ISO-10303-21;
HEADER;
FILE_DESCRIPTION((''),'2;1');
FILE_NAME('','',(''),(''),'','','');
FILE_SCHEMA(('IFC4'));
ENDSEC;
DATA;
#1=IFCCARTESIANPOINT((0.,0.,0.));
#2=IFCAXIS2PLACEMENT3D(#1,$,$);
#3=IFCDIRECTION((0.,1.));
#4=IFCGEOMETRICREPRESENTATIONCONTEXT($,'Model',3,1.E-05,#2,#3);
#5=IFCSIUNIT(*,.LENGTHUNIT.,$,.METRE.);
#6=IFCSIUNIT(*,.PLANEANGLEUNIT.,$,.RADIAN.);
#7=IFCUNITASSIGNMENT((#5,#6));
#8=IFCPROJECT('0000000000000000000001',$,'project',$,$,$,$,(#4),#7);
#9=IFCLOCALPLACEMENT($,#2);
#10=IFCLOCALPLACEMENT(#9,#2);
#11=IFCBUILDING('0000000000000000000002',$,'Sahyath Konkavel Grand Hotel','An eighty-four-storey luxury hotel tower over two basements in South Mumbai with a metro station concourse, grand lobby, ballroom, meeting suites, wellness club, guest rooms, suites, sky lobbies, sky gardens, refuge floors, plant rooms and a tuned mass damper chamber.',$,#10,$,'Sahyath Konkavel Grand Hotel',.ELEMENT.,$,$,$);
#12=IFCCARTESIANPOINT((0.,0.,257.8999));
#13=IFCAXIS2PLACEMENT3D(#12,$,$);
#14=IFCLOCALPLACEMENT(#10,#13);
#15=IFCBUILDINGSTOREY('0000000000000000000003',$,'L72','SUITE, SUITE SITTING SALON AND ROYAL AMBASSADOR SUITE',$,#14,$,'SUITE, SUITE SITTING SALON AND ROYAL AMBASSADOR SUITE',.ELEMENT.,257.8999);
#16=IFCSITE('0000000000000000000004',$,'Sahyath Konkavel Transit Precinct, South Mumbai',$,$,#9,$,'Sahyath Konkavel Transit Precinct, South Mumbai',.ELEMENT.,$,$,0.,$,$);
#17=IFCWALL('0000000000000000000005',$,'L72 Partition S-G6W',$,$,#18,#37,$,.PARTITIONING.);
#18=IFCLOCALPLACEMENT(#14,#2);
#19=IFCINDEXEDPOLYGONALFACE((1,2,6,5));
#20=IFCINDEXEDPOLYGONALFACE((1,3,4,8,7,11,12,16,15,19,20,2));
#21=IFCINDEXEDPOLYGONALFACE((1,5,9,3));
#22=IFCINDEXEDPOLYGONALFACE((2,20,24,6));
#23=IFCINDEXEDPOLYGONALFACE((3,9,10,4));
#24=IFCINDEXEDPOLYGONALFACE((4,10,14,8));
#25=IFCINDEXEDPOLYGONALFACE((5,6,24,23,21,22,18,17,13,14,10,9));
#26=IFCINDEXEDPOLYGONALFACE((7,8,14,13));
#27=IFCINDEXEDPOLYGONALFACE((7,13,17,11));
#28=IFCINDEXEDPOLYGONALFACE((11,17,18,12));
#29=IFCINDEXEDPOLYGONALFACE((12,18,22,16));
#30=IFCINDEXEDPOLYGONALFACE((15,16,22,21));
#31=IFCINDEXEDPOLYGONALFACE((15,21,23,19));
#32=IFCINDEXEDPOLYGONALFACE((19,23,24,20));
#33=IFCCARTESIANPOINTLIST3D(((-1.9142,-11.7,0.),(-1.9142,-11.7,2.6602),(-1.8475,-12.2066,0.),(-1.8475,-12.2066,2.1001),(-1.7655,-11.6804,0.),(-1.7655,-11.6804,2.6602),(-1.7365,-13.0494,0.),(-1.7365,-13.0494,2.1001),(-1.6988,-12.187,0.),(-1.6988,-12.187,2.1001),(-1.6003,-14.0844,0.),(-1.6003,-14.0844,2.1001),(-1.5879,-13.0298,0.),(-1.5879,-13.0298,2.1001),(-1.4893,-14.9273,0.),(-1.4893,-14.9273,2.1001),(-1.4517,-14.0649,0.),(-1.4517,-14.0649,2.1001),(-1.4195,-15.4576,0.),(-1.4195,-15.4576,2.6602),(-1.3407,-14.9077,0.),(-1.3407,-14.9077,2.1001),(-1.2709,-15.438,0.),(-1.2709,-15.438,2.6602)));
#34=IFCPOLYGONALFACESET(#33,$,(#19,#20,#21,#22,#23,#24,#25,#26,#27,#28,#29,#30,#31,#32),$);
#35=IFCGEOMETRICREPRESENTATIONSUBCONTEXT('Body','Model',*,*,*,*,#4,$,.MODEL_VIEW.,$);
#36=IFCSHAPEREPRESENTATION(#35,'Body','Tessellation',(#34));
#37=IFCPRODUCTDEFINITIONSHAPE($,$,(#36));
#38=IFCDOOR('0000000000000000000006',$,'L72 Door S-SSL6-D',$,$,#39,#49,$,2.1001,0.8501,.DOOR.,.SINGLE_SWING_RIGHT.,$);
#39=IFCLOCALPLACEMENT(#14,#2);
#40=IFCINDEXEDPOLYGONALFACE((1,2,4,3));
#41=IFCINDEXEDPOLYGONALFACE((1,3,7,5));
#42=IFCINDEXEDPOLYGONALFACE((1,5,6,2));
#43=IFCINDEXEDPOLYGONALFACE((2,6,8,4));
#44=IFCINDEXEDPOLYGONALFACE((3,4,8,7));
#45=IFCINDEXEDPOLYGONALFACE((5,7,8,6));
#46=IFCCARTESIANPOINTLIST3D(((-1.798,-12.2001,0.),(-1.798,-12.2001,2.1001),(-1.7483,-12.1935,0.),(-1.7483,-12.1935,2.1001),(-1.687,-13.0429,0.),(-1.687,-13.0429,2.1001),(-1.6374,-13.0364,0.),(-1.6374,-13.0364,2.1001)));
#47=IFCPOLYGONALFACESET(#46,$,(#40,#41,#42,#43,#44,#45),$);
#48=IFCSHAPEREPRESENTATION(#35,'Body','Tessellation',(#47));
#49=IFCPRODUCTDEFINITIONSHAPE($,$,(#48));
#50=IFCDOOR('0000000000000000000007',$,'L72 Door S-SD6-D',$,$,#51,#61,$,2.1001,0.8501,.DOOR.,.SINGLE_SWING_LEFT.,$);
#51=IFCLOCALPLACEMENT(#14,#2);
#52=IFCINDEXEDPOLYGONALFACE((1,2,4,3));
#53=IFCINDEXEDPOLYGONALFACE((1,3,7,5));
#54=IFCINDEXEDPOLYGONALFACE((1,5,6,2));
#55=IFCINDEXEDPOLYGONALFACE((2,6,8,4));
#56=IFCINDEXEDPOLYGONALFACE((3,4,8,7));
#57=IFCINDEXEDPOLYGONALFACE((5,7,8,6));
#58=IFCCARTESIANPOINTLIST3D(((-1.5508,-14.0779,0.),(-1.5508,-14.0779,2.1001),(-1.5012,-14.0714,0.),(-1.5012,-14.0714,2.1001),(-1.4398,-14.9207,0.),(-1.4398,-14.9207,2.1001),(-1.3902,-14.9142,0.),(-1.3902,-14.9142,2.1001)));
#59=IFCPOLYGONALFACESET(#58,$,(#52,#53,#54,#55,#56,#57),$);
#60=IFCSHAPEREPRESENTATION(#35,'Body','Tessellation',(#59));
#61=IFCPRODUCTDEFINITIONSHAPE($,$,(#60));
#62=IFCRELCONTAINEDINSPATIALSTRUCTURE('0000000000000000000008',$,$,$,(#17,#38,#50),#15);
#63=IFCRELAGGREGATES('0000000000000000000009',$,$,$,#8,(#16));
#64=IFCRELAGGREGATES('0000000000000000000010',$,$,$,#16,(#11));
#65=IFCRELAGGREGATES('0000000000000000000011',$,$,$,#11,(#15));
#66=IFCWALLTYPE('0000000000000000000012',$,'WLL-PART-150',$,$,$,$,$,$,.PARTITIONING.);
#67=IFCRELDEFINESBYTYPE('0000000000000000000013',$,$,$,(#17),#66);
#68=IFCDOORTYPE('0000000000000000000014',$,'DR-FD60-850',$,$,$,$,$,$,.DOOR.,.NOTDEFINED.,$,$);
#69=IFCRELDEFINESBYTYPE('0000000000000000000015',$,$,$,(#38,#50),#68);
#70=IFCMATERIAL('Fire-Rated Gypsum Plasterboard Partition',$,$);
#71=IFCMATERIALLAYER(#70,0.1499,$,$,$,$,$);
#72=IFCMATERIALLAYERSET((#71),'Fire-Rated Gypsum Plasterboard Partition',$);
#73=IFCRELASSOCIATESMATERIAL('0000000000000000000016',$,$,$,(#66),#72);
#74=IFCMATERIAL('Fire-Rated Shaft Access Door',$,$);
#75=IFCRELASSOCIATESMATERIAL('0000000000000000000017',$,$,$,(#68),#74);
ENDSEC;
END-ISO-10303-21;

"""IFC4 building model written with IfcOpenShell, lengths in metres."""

from ifc_helpers import new_model, si_unit, direction, frame, frame_2d, origin, origin_2d, place, context, subcontext, project, spatial, rectangle, extrude, source, transform, mapped, material, layer, layer_set, type_object, element, fill, save


model = new_model("IFC4")

# Units and contexts
model_context = context("Model", 3, precision=1e-05, world=origin(), true_north=direction((0.0, 1.0)))
body_context = subcontext(model_context, "Body", "Model", "MODEL_VIEW")
ifc_project = project(units=[si_unit("LENGTHUNIT", "METRE"), si_unit("PLANEANGLEUNIT", "RADIAN")], contexts=[model_context])

# Site, building, storey
site_placement = place(None, origin())
site = spatial("IfcSite", under=ifc_project, at=site_placement, Name="Sahyath Konkavel Transit Precinct, South Mumbai", LongName="Sahyath Konkavel Transit Precinct, South Mumbai", CompositionType="ELEMENT", RefElevation=0.0)
building_placement = place(site_placement, origin())
building = spatial("IfcBuilding", under=site, at=building_placement, Name="Sahyath Konkavel Grand Hotel", Description="An eighty-four-storey luxury hotel tower over two basements in South Mumbai with a metro station concourse, grand lobby, ballroom, meeting suites, wellness club, guest rooms, suites, sky lobbies, sky gardens, refuge floors, plant rooms and a tuned mass damper chamber.", LongName="Sahyath Konkavel Grand Hotel", CompositionType="ELEMENT")
storey_placement = place(building_placement, frame((0.0, 0.0, 257.8999)))
storey = spatial("IfcBuildingStorey", under=building, at=storey_placement, Name="L72", Description="SUITE, SUITE SITTING SALON AND ROYAL AMBASSADOR SUITE", LongName="SUITE, SUITE SITTING SALON AND ROYAL AMBASSADOR SUITE", CompositionType="ELEMENT", Elevation=257.8999)

# Shared definitions
shared_shape_1 = source(origin(), body_context, "Body", "SweptSolid", [
    extrude(rectangle(XDim=0.8501, YDim=0.05, at=origin_2d()), origin(), (0.0, 0.0, 1.0), 2.1001),
])

# Wall, openings, doors
ifc_material_1 = material(Name="Fire-Rated Gypsum Plasterboard Partition")
ifc_layer_1 = layer(ifc_material_1, 0.1499)
ifc_layer_set_1 = layer_set([ifc_layer_1], Name="Fire-Rated Gypsum Plasterboard Partition")
wall_type_1 = type_object("IfcWallType", Name="WLL-PART-150", PredefinedType="PARTITIONING", material=ifc_layer_set_1)
wall_1_placement = place(storey_placement, frame((-1.8398, -11.6902, 0.0), z_axis=(0.0, 0.0, 1.0), x_axis=(0.13051, -0.991447, 0.0)))
wall_1 = element("IfcWall", 1, at=wall_1_placement, inside=storey, type_object=wall_type_1, Name="L72 Partition S-G6W", PredefinedType="PARTITIONING", context=body_context, shape_type="SweptSolid", body=[
    extrude(rectangle(XDim=3.79, YDim=0.1499, at=frame_2d((1.895, 0.0))), origin(), (0.0, 0.0, 1.0), 2.6602),
])
opening_1_placement = place(wall_1_placement, frame((0.511, 0.0, 0.0)))
opening_1 = element("IfcOpeningElement", 2, at=opening_1_placement, cuts=wall_1, PredefinedType="OPENING", context=body_context, shape_type="SweptSolid", body=[
    extrude(rectangle(XDim=0.8501, YDim=2.1001, at=frame_2d((0.425, 1.05))), frame((0.0, 0.085, 0.0), z_axis=(0.0, -1.0, 0.0), x_axis=(1.0, 0.0, 0.0)), (0.0, 0.0, 1.0), 0.1699),
])
opening_2_placement = place(wall_1_placement, frame((2.405, 0.0, 0.0)))
opening_2 = element("IfcOpeningElement", 3, at=opening_2_placement, cuts=wall_1, PredefinedType="OPENING", context=body_context, shape_type="SweptSolid", body=[
    extrude(rectangle(XDim=0.8501, YDim=2.1001, at=frame_2d((0.425, 1.05))), frame((0.0, 0.085, 0.0), z_axis=(0.0, -1.0, 0.0), x_axis=(1.0, 0.0, 0.0)), (0.0, 0.0, 1.0), 0.1699),
])
ifc_material_2 = material(Name="Fire-Rated Shaft Access Door")
door_type_1 = type_object("IfcDoorType", Name="DR-FD60-850", OperationType="NOTDEFINED", PredefinedType="DOOR", material=ifc_material_2)
door_1_placement = place(opening_1_placement, frame((0.425, 0.0, 0.0)))
door_1 = element("IfcDoor", 4, at=door_1_placement, inside=storey, type_object=door_type_1, Name="L72 Door S-SSL6-D", OperationType="SINGLE_SWING_RIGHT", OverallHeight=2.1001, OverallWidth=0.8501, PredefinedType="DOOR", context=body_context, shape_type="MappedRepresentation", body=[
    mapped(shared_shape_1, transform((0.0, 0.0, 0.0), scale=1.0)),
])
fill(opening_1, door_1)
door_2_placement = place(opening_2_placement, frame((0.425, 0.0, 0.0)))
door_2 = element("IfcDoor", 5, at=door_2_placement, inside=storey, type_object=door_type_1, Name="L72 Door S-SD6-D", OperationType="SINGLE_SWING_LEFT", OverallHeight=2.1001, OverallWidth=0.8501, PredefinedType="DOOR", context=body_context, shape_type="MappedRepresentation", body=[
    mapped(shared_shape_1, transform((0.0, 0.0, 0.0), scale=1.0)),
])
fill(opening_2, door_2)

save(model, "model.ifc")
